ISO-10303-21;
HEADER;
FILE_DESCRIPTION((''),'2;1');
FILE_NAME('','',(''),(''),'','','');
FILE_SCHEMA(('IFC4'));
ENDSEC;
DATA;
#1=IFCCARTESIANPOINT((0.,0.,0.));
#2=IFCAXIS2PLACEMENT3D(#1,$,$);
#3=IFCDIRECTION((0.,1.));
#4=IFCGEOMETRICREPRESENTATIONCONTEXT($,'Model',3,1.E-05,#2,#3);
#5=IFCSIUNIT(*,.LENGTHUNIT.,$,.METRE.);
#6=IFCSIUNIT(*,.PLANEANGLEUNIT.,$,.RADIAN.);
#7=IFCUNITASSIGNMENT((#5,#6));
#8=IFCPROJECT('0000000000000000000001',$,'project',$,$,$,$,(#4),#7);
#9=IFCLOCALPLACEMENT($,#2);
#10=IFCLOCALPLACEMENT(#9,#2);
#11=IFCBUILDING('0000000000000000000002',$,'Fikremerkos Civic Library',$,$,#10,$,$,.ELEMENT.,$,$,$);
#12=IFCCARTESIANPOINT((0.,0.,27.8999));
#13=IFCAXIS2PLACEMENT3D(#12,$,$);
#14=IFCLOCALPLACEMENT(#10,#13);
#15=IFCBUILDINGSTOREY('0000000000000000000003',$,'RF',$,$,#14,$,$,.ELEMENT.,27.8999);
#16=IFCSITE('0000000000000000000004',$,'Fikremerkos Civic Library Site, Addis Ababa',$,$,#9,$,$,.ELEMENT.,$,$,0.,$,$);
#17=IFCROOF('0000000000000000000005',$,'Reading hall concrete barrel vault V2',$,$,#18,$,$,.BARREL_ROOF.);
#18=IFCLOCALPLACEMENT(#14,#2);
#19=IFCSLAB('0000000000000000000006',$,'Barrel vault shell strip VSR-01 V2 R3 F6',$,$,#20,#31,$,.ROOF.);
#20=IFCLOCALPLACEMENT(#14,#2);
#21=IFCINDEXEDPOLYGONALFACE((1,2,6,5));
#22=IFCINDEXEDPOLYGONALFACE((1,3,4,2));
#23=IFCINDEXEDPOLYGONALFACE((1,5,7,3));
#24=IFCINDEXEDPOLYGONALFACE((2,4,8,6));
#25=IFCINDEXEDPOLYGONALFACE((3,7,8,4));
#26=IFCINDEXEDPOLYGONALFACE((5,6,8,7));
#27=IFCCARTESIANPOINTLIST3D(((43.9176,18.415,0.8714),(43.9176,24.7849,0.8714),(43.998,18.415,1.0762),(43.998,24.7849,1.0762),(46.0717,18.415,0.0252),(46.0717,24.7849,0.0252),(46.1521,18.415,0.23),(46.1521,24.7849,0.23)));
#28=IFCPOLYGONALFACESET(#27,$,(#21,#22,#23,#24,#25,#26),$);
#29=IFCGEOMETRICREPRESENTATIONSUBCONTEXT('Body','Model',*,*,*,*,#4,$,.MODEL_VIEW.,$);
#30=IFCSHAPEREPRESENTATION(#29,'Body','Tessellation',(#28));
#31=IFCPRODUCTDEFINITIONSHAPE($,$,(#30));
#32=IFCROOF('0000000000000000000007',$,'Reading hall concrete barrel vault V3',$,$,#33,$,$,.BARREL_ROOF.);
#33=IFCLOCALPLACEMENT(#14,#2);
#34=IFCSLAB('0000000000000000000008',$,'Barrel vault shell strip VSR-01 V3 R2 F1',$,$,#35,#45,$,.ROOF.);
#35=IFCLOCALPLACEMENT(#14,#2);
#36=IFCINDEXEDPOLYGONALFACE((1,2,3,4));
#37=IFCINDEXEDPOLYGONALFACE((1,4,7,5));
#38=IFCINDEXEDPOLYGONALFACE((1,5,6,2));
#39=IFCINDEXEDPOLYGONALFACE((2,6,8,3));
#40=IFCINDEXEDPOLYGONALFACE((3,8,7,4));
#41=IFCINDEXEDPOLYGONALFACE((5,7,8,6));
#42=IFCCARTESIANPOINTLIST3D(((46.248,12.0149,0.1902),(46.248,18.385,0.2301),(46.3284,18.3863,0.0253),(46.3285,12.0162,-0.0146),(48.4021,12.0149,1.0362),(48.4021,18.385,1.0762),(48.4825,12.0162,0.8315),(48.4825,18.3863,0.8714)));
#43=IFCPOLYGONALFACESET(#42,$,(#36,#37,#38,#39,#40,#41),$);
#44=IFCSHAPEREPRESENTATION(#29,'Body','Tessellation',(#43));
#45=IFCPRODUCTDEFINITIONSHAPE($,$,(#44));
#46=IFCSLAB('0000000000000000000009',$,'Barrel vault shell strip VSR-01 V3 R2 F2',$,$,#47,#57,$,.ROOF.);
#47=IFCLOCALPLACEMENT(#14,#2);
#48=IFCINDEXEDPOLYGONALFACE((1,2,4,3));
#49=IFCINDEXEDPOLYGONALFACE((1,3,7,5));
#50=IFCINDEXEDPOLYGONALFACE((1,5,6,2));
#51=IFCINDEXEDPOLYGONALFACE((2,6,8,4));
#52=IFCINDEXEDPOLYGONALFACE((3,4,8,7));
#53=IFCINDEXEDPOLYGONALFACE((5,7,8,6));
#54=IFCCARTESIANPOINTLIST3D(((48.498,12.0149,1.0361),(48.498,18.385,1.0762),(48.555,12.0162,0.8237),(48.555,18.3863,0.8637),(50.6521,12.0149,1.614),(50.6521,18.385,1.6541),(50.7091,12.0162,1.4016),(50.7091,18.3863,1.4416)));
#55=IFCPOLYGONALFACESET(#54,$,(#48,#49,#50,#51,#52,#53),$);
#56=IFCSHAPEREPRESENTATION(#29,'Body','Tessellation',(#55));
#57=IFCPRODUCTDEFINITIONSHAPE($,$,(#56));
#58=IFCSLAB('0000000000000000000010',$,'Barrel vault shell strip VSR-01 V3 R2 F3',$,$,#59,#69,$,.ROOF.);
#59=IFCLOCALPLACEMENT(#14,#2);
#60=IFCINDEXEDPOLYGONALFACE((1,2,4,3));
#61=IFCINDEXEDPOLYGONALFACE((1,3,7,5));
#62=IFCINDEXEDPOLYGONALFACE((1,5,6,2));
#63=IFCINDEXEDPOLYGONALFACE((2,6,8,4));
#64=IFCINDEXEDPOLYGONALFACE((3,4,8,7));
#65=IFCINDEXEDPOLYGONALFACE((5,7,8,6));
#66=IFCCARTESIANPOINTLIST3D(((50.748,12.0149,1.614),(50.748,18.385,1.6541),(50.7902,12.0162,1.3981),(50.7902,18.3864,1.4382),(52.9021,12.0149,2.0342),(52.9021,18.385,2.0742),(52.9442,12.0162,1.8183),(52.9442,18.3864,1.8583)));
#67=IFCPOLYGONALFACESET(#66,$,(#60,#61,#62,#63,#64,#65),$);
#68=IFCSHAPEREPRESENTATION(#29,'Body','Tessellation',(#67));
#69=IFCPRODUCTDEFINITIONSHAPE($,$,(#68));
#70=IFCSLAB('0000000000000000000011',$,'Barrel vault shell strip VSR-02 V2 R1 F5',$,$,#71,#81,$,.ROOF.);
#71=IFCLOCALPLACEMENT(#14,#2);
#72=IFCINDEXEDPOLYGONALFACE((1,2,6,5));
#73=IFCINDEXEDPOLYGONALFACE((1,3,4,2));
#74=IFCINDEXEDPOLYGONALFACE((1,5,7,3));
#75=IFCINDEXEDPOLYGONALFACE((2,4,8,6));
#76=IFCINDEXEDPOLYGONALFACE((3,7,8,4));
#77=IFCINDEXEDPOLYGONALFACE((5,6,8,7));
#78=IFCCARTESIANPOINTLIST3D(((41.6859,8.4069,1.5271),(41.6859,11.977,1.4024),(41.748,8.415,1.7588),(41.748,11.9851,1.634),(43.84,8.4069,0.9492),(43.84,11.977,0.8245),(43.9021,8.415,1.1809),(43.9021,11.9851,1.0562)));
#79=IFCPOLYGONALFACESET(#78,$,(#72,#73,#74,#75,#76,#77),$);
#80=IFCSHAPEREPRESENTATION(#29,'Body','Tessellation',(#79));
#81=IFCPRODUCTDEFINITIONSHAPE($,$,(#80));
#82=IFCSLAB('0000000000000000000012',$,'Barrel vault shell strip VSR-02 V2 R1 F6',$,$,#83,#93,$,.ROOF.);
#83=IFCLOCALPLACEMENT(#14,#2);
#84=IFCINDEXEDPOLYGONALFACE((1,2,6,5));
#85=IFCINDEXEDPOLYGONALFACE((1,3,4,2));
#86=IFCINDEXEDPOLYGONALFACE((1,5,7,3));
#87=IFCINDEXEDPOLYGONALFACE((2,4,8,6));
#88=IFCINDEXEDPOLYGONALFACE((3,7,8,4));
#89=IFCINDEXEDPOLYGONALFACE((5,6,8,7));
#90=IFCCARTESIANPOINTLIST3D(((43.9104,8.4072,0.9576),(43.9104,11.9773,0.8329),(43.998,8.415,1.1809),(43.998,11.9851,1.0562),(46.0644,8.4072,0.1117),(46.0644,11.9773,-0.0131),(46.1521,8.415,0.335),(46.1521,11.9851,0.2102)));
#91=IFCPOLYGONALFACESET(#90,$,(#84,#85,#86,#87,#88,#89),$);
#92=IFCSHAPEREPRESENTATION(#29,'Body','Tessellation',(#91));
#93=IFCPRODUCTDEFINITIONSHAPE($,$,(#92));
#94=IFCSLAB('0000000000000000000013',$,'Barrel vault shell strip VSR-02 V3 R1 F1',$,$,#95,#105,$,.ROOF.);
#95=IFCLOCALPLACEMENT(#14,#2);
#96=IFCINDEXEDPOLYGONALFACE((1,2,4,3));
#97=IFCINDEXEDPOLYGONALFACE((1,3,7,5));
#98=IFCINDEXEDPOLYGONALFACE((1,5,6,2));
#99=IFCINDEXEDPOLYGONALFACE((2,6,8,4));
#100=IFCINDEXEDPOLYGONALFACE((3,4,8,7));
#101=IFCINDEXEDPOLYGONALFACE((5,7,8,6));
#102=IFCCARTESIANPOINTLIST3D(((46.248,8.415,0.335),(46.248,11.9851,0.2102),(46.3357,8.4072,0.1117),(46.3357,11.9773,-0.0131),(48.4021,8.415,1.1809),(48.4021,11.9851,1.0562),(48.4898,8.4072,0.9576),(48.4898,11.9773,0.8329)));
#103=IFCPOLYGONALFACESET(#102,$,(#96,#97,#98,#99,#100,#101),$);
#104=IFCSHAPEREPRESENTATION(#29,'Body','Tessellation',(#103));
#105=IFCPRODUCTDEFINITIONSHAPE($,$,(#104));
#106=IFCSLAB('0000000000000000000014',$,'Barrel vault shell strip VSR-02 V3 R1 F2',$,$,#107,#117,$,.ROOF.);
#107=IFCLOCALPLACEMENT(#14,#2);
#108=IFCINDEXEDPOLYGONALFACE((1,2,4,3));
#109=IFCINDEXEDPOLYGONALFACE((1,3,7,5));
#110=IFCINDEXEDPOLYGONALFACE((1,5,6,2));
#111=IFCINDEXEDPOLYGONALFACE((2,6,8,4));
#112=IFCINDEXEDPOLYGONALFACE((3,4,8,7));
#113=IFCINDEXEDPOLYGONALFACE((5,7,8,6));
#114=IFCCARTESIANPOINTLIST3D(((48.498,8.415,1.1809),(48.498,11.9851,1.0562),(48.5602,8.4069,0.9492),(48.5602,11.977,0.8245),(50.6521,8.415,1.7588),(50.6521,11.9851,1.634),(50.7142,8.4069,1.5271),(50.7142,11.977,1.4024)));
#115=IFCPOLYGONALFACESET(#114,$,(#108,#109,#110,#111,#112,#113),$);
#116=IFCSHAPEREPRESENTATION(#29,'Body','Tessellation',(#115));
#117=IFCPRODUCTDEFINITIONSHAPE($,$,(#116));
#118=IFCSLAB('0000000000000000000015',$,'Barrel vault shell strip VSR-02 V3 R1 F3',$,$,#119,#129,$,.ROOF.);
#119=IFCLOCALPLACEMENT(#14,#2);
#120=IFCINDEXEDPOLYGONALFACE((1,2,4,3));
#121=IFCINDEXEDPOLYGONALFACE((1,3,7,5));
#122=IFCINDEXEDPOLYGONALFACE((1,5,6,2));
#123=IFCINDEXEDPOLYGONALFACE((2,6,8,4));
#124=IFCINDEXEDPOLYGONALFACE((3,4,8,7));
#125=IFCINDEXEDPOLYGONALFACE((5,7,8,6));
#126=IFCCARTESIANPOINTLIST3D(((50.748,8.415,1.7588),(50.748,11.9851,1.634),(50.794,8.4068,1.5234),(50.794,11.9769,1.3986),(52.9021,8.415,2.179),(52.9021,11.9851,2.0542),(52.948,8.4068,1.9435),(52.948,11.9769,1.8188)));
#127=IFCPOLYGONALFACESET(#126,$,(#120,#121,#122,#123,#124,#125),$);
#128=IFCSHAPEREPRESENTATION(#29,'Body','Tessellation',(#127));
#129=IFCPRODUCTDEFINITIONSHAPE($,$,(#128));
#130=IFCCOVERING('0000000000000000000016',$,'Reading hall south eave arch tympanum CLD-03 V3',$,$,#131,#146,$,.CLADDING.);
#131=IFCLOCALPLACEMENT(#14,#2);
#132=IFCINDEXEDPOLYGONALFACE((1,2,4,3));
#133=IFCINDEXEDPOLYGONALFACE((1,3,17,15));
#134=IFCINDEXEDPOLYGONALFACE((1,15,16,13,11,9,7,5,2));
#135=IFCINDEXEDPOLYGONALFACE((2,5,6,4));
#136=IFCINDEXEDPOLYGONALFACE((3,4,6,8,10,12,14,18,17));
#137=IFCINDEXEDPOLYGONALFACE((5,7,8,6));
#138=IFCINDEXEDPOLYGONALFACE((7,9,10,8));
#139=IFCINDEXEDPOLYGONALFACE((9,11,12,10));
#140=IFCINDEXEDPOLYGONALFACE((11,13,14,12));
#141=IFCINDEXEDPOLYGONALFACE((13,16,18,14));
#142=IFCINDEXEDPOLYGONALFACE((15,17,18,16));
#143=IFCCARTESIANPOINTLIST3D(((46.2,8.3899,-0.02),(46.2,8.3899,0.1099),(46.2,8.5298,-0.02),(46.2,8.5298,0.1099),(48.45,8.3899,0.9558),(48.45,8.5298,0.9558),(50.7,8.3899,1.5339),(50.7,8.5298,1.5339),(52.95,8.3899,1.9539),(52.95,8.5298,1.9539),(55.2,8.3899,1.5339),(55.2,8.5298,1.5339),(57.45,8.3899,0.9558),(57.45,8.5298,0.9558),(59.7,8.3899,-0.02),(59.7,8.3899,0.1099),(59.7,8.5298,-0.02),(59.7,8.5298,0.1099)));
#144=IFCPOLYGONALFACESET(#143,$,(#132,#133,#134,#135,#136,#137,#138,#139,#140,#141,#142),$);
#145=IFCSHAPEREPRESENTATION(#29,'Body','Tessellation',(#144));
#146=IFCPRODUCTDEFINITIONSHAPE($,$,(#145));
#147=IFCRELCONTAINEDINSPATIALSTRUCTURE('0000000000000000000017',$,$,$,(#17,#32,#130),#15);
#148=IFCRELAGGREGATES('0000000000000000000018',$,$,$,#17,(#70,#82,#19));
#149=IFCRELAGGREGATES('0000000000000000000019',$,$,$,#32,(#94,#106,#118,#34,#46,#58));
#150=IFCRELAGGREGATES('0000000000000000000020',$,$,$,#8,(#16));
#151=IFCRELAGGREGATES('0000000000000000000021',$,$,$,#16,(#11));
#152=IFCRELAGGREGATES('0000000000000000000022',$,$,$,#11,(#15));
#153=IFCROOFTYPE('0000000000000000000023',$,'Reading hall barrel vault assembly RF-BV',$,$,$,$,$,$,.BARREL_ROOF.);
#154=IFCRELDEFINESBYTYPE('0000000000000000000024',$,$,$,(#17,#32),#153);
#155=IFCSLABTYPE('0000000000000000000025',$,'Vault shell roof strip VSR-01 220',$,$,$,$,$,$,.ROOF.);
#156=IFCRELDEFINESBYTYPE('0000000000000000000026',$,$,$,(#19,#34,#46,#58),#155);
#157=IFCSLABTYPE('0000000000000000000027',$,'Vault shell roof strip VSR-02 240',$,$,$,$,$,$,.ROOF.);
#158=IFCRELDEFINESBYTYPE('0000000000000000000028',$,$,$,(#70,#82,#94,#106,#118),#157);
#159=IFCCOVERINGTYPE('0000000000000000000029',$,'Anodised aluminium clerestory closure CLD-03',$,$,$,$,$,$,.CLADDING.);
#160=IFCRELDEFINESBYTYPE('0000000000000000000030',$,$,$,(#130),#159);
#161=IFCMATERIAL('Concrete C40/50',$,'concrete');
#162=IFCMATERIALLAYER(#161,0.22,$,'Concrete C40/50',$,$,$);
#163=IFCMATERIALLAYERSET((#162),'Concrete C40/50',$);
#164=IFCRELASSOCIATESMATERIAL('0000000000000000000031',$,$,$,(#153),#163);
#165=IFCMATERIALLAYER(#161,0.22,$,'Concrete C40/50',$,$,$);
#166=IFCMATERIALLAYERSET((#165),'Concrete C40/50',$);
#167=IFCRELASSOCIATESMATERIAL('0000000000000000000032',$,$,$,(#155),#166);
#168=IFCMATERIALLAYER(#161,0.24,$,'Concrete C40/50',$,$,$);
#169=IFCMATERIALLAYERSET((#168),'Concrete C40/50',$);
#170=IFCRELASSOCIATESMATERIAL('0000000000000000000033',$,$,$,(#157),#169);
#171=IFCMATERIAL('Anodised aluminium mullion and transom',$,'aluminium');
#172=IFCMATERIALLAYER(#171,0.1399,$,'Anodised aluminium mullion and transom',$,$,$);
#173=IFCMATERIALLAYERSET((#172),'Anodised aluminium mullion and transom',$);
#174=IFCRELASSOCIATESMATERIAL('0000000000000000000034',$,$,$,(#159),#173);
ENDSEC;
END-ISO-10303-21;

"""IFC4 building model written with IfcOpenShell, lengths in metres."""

from ifc_helpers import new_model, si_unit, direction, frame, origin, place, context, subcontext, project, spatial, polyline, outline, extrude, material, layer, layer_set, type_object, element, aggregate, save


model = new_model("IFC4")

# Units and contexts
model_context = context("Model", 3, precision=1e-05, world=origin(), true_north=direction((0.0, 1.0)))
body_context = subcontext(model_context, "Body", "Model", "MODEL_VIEW")
ifc_project = project(units=[si_unit("LENGTHUNIT", "METRE"), si_unit("PLANEANGLEUNIT", "RADIAN")], contexts=[model_context])

# Site, building, storey
site_placement = place(None, origin())
site = spatial("IfcSite", under=ifc_project, at=site_placement, Name="Fikremerkos Civic Library Site, Addis Ababa", CompositionType="ELEMENT", RefElevation=0.0)
building_placement = place(site_placement, origin())
building = spatial("IfcBuilding", under=site, at=building_placement, Name="Fikremerkos Civic Library", CompositionType="ELEMENT")
storey_placement = place(building_placement, frame((0.0, 0.0, 27.8999)))
storey = spatial("IfcBuildingStorey", under=building, at=storey_placement, Name="RF", CompositionType="ELEMENT", Elevation=27.8999)

# Roofs, slabs
ifc_material_1 = material(Name="Concrete C40/50", Category="concrete")
ifc_layer_1 = layer(ifc_material_1, 0.22, Name="Concrete C40/50")
ifc_layer_set_1 = layer_set([ifc_layer_1], Name="Concrete C40/50")
roof_type = type_object("IfcRoofType", Name="Reading hall barrel vault assembly RF-BV", PredefinedType="BARREL_ROOF", material=ifc_layer_set_1)
roof_1_placement = place(storey_placement, origin())
roof_1 = element("IfcRoof", 1, at=roof_1_placement, inside=storey, type_object=roof_type, Name="Reading hall concrete barrel vault V2", PredefinedType="BARREL_ROOF")
ifc_layer_2 = layer(ifc_material_1, 0.22, Name="Concrete C40/50")
ifc_layer_set_2 = layer_set([ifc_layer_2], Name="Concrete C40/50")
slab_type_1 = type_object("IfcSlabType", Name="Vault shell roof strip VSR-01 220", PredefinedType="ROOF", material=ifc_layer_set_2)
slab_1_placement = place(storey_placement, frame((43.998, 18.415, 1.0762), z_axis=(0.365636, 0.0, 0.930758), x_axis=(0.930758, 0.0, -0.365636)))
slab_1 = element("IfcSlab", 2, at=slab_1_placement, type_object=slab_type_1, Name="Barrel vault shell strip VSR-01 V2 R3 F6", PredefinedType="ROOF", context=body_context, shape_type="SweptSolid", body=[
    extrude(outline(polyline([(0.0, 0.0), (2.3143, 0.0), (2.3143, 6.3699), (0.0, 6.3699), (0.0, 0.0)])), origin(), (0.0, 0.0, -1.0), 0.22),
])
roof_2_placement = place(storey_placement, origin())
roof_2 = element("IfcRoof", 3, at=roof_2_placement, inside=storey, type_object=roof_type, Name="Reading hall concrete barrel vault V3", PredefinedType="BARREL_ROOF")
slab_2_placement = place(storey_placement, frame((46.248, 12.0149, 0.1902), z_axis=(-0.365584, -0.005832, 0.93076), x_axis=(0.930776, 0.0, 0.36559)))
slab_2 = element("IfcSlab", 4, at=slab_2_placement, type_object=slab_type_1, Name="Barrel vault shell strip VSR-01 V3 R2 F1", PredefinedType="ROOF", context=body_context, shape_type="SweptSolid", body=[
    extrude(outline(polyline([(0.0, 0.0), (2.3142, 0.0), (2.3288, 6.3702), (0.0145, 6.3702), (0.0, 0.0)])), origin(), (0.0, 0.0, -1.0), 0.22),
])
slab_3_placement = place(storey_placement, frame((48.498, 12.0149, 1.0361), z_axis=(-0.259109, -0.006071, 0.965829), x_axis=(0.965847, 0.0, 0.259114)))
slab_3 = element("IfcSlab", 5, at=slab_3_placement, type_object=slab_type_1, Name="Barrel vault shell strip VSR-01 V3 R2 F2", PredefinedType="ROOF", context=body_context, shape_type="SweptSolid", body=[
    extrude(outline(polyline([(0.0, 0.0), (2.2302, 0.0), (2.2406, 6.3702), (0.0104, 6.3702), (0.0, 0.0)])), origin(), (0.0, 0.0, -1.0), 0.22),
])
slab_4_placement = place(storey_placement, frame((50.748, 12.0149, 1.614), z_axis=(-0.191447, -0.006169, 0.981484), x_axis=(0.981502, 0.0, 0.19145)))
slab_4 = element("IfcSlab", 6, at=slab_4_placement, type_object=slab_type_1, Name="Barrel vault shell strip VSR-01 V3 R2 F3", PredefinedType="ROOF", context=body_context, shape_type="SweptSolid", body=[
    extrude(outline(polyline([(0.0, 0.0), (2.1946, 0.0), (2.2023, 6.3702), (0.0077, 6.3702), (0.0, 0.0)])), origin(), (0.0, 0.0, -1.0), 0.22),
])

# Slabs
ifc_layer_3 = layer(ifc_material_1, 0.24, Name="Concrete C40/50")
ifc_layer_set_3 = layer_set([ifc_layer_3], Name="Concrete C40/50")
slab_type_2 = type_object("IfcSlabType", Name="Vault shell roof strip VSR-02 240", PredefinedType="ROOF", material=ifc_layer_set_3)
slab_5_placement = place(storey_placement, frame((41.748, 8.415, 1.7588), z_axis=(0.258966, 0.033732, 0.965297), x_axis=(0.965847, 0.0, -0.259114)))
slab_5 = element("IfcSlab", 7, at=slab_5_placement, type_object=slab_type_2, Name="Barrel vault shell strip VSR-02 V2 R1 F5", PredefinedType="ROOF", context=body_context, shape_type="SweptSolid", body=[
    extrude(outline(polyline([(0.0, 0.0), (2.2302, 0.0), (2.2625, 3.5721), (0.0323, 3.5721), (0.0, 0.0)])), origin(), (0.0, 0.0, -1.0), 0.24),
])
slab_6_placement = place(storey_placement, frame((43.998, 8.415, 1.1809), z_axis=(0.365351, 0.032509, 0.930302), x_axis=(0.930794, 0.0, -0.365545)))
slab_6 = element("IfcSlab", 8, at=slab_6_placement, type_object=slab_type_2, Name="Barrel vault shell strip VSR-02 V2 R1 F6", PredefinedType="ROOF", context=body_context, shape_type="SweptSolid", body=[
    extrude(outline(polyline([(0.0, 0.0), (2.3142, 0.0), (2.3598, 3.572), (0.0456, 3.572), (0.0, 0.0)])), origin(), (0.0, 0.0, -1.0), 0.24),
])
aggregate(roof_1, [slab_5, slab_6, slab_1])
slab_7_placement = place(storey_placement, frame((46.248, 8.415, 0.335), z_axis=(-0.365351, 0.032509, 0.930302), x_axis=(0.930794, 0.0, 0.365545)))
slab_7 = element("IfcSlab", 9, at=slab_7_placement, type_object=slab_type_2, Name="Barrel vault shell strip VSR-02 V3 R1 F1", PredefinedType="ROOF", context=body_context, shape_type="SweptSolid", body=[
    extrude(outline(polyline([(0.0, 0.0), (2.3142, 0.0), (2.2686, 3.572), (-0.0456, 3.572), (0.0, 0.0)])), origin(), (0.0, 0.0, -1.0), 0.24),
])
slab_8_placement = place(storey_placement, frame((48.498, 8.415, 1.1809), z_axis=(-0.258966, 0.033732, 0.965297), x_axis=(0.965847, 0.0, 0.259114)))
slab_8 = element("IfcSlab", 10, at=slab_8_placement, type_object=slab_type_2, Name="Barrel vault shell strip VSR-02 V3 R1 F2", PredefinedType="ROOF", context=body_context, shape_type="SweptSolid", body=[
    extrude(outline(polyline([(0.0, 0.0), (2.2302, 0.0), (2.1979, 3.5721), (-0.0323, 3.5721), (0.0, 0.0)])), origin(), (0.0, 0.0, -1.0), 0.24),
])
slab_9_placement = place(storey_placement, frame((50.748, 8.415, 1.7588), z_axis=(-0.191338, 0.034278, 0.980926), x_axis=(0.981502, 0.0, 0.19145)))
slab_9 = element("IfcSlab", 11, at=slab_9_placement, type_object=slab_type_2, Name="Barrel vault shell strip VSR-02 V3 R1 F3", PredefinedType="ROOF", context=body_context, shape_type="SweptSolid", body=[
    extrude(outline(polyline([(0.0, 0.0), (2.1946, 0.0), (2.1708, 3.5722), (-0.0239, 3.5722), (0.0, 0.0)])), origin(), (0.0, 0.0, -1.0), 0.24),
])
aggregate(roof_2, [slab_7, slab_8, slab_9, slab_2, slab_3, slab_4])

# Covering
ifc_material_2 = material(Name="Anodised aluminium mullion and transom", Category="aluminium")
ifc_layer_4 = layer(ifc_material_2, 0.1399, Name="Anodised aluminium mullion and transom")
ifc_layer_set_4 = layer_set([ifc_layer_4], Name="Anodised aluminium mullion and transom")
covering_type = type_object("IfcCoveringType", Name="Anodised aluminium clerestory closure CLD-03", PredefinedType="CLADDING", material=ifc_layer_set_4)
covering_placement = place(storey_placement, frame((46.2, 8.46, -0.02), z_axis=(0.0, 0.0, 1.0), x_axis=(1.0, 0.0, 0.0)))
element("IfcCovering", 12, at=covering_placement, inside=storey, type_object=covering_type, Name="Reading hall south eave arch tympanum CLD-03 V3", PredefinedType="CLADDING", context=body_context, shape_type="SweptSolid", body=[
    extrude(outline(polyline([(0.0, 0.0), (13.5, 0.0), (13.5, 0.1299), (11.25, 0.9758), (9.0, 1.554), (6.75, 1.9739), (4.5, 1.554), (2.25, 0.9758), (0.0, 0.1299), (0.0, 0.0)])), frame((0.0, 0.0698, 0.0), z_axis=(0.0, -1.0, 0.0), x_axis=(1.0, 0.0, 0.0)), (0.0, 0.0, 1.0), 0.1399),
])

save(model, "model.ifc")
